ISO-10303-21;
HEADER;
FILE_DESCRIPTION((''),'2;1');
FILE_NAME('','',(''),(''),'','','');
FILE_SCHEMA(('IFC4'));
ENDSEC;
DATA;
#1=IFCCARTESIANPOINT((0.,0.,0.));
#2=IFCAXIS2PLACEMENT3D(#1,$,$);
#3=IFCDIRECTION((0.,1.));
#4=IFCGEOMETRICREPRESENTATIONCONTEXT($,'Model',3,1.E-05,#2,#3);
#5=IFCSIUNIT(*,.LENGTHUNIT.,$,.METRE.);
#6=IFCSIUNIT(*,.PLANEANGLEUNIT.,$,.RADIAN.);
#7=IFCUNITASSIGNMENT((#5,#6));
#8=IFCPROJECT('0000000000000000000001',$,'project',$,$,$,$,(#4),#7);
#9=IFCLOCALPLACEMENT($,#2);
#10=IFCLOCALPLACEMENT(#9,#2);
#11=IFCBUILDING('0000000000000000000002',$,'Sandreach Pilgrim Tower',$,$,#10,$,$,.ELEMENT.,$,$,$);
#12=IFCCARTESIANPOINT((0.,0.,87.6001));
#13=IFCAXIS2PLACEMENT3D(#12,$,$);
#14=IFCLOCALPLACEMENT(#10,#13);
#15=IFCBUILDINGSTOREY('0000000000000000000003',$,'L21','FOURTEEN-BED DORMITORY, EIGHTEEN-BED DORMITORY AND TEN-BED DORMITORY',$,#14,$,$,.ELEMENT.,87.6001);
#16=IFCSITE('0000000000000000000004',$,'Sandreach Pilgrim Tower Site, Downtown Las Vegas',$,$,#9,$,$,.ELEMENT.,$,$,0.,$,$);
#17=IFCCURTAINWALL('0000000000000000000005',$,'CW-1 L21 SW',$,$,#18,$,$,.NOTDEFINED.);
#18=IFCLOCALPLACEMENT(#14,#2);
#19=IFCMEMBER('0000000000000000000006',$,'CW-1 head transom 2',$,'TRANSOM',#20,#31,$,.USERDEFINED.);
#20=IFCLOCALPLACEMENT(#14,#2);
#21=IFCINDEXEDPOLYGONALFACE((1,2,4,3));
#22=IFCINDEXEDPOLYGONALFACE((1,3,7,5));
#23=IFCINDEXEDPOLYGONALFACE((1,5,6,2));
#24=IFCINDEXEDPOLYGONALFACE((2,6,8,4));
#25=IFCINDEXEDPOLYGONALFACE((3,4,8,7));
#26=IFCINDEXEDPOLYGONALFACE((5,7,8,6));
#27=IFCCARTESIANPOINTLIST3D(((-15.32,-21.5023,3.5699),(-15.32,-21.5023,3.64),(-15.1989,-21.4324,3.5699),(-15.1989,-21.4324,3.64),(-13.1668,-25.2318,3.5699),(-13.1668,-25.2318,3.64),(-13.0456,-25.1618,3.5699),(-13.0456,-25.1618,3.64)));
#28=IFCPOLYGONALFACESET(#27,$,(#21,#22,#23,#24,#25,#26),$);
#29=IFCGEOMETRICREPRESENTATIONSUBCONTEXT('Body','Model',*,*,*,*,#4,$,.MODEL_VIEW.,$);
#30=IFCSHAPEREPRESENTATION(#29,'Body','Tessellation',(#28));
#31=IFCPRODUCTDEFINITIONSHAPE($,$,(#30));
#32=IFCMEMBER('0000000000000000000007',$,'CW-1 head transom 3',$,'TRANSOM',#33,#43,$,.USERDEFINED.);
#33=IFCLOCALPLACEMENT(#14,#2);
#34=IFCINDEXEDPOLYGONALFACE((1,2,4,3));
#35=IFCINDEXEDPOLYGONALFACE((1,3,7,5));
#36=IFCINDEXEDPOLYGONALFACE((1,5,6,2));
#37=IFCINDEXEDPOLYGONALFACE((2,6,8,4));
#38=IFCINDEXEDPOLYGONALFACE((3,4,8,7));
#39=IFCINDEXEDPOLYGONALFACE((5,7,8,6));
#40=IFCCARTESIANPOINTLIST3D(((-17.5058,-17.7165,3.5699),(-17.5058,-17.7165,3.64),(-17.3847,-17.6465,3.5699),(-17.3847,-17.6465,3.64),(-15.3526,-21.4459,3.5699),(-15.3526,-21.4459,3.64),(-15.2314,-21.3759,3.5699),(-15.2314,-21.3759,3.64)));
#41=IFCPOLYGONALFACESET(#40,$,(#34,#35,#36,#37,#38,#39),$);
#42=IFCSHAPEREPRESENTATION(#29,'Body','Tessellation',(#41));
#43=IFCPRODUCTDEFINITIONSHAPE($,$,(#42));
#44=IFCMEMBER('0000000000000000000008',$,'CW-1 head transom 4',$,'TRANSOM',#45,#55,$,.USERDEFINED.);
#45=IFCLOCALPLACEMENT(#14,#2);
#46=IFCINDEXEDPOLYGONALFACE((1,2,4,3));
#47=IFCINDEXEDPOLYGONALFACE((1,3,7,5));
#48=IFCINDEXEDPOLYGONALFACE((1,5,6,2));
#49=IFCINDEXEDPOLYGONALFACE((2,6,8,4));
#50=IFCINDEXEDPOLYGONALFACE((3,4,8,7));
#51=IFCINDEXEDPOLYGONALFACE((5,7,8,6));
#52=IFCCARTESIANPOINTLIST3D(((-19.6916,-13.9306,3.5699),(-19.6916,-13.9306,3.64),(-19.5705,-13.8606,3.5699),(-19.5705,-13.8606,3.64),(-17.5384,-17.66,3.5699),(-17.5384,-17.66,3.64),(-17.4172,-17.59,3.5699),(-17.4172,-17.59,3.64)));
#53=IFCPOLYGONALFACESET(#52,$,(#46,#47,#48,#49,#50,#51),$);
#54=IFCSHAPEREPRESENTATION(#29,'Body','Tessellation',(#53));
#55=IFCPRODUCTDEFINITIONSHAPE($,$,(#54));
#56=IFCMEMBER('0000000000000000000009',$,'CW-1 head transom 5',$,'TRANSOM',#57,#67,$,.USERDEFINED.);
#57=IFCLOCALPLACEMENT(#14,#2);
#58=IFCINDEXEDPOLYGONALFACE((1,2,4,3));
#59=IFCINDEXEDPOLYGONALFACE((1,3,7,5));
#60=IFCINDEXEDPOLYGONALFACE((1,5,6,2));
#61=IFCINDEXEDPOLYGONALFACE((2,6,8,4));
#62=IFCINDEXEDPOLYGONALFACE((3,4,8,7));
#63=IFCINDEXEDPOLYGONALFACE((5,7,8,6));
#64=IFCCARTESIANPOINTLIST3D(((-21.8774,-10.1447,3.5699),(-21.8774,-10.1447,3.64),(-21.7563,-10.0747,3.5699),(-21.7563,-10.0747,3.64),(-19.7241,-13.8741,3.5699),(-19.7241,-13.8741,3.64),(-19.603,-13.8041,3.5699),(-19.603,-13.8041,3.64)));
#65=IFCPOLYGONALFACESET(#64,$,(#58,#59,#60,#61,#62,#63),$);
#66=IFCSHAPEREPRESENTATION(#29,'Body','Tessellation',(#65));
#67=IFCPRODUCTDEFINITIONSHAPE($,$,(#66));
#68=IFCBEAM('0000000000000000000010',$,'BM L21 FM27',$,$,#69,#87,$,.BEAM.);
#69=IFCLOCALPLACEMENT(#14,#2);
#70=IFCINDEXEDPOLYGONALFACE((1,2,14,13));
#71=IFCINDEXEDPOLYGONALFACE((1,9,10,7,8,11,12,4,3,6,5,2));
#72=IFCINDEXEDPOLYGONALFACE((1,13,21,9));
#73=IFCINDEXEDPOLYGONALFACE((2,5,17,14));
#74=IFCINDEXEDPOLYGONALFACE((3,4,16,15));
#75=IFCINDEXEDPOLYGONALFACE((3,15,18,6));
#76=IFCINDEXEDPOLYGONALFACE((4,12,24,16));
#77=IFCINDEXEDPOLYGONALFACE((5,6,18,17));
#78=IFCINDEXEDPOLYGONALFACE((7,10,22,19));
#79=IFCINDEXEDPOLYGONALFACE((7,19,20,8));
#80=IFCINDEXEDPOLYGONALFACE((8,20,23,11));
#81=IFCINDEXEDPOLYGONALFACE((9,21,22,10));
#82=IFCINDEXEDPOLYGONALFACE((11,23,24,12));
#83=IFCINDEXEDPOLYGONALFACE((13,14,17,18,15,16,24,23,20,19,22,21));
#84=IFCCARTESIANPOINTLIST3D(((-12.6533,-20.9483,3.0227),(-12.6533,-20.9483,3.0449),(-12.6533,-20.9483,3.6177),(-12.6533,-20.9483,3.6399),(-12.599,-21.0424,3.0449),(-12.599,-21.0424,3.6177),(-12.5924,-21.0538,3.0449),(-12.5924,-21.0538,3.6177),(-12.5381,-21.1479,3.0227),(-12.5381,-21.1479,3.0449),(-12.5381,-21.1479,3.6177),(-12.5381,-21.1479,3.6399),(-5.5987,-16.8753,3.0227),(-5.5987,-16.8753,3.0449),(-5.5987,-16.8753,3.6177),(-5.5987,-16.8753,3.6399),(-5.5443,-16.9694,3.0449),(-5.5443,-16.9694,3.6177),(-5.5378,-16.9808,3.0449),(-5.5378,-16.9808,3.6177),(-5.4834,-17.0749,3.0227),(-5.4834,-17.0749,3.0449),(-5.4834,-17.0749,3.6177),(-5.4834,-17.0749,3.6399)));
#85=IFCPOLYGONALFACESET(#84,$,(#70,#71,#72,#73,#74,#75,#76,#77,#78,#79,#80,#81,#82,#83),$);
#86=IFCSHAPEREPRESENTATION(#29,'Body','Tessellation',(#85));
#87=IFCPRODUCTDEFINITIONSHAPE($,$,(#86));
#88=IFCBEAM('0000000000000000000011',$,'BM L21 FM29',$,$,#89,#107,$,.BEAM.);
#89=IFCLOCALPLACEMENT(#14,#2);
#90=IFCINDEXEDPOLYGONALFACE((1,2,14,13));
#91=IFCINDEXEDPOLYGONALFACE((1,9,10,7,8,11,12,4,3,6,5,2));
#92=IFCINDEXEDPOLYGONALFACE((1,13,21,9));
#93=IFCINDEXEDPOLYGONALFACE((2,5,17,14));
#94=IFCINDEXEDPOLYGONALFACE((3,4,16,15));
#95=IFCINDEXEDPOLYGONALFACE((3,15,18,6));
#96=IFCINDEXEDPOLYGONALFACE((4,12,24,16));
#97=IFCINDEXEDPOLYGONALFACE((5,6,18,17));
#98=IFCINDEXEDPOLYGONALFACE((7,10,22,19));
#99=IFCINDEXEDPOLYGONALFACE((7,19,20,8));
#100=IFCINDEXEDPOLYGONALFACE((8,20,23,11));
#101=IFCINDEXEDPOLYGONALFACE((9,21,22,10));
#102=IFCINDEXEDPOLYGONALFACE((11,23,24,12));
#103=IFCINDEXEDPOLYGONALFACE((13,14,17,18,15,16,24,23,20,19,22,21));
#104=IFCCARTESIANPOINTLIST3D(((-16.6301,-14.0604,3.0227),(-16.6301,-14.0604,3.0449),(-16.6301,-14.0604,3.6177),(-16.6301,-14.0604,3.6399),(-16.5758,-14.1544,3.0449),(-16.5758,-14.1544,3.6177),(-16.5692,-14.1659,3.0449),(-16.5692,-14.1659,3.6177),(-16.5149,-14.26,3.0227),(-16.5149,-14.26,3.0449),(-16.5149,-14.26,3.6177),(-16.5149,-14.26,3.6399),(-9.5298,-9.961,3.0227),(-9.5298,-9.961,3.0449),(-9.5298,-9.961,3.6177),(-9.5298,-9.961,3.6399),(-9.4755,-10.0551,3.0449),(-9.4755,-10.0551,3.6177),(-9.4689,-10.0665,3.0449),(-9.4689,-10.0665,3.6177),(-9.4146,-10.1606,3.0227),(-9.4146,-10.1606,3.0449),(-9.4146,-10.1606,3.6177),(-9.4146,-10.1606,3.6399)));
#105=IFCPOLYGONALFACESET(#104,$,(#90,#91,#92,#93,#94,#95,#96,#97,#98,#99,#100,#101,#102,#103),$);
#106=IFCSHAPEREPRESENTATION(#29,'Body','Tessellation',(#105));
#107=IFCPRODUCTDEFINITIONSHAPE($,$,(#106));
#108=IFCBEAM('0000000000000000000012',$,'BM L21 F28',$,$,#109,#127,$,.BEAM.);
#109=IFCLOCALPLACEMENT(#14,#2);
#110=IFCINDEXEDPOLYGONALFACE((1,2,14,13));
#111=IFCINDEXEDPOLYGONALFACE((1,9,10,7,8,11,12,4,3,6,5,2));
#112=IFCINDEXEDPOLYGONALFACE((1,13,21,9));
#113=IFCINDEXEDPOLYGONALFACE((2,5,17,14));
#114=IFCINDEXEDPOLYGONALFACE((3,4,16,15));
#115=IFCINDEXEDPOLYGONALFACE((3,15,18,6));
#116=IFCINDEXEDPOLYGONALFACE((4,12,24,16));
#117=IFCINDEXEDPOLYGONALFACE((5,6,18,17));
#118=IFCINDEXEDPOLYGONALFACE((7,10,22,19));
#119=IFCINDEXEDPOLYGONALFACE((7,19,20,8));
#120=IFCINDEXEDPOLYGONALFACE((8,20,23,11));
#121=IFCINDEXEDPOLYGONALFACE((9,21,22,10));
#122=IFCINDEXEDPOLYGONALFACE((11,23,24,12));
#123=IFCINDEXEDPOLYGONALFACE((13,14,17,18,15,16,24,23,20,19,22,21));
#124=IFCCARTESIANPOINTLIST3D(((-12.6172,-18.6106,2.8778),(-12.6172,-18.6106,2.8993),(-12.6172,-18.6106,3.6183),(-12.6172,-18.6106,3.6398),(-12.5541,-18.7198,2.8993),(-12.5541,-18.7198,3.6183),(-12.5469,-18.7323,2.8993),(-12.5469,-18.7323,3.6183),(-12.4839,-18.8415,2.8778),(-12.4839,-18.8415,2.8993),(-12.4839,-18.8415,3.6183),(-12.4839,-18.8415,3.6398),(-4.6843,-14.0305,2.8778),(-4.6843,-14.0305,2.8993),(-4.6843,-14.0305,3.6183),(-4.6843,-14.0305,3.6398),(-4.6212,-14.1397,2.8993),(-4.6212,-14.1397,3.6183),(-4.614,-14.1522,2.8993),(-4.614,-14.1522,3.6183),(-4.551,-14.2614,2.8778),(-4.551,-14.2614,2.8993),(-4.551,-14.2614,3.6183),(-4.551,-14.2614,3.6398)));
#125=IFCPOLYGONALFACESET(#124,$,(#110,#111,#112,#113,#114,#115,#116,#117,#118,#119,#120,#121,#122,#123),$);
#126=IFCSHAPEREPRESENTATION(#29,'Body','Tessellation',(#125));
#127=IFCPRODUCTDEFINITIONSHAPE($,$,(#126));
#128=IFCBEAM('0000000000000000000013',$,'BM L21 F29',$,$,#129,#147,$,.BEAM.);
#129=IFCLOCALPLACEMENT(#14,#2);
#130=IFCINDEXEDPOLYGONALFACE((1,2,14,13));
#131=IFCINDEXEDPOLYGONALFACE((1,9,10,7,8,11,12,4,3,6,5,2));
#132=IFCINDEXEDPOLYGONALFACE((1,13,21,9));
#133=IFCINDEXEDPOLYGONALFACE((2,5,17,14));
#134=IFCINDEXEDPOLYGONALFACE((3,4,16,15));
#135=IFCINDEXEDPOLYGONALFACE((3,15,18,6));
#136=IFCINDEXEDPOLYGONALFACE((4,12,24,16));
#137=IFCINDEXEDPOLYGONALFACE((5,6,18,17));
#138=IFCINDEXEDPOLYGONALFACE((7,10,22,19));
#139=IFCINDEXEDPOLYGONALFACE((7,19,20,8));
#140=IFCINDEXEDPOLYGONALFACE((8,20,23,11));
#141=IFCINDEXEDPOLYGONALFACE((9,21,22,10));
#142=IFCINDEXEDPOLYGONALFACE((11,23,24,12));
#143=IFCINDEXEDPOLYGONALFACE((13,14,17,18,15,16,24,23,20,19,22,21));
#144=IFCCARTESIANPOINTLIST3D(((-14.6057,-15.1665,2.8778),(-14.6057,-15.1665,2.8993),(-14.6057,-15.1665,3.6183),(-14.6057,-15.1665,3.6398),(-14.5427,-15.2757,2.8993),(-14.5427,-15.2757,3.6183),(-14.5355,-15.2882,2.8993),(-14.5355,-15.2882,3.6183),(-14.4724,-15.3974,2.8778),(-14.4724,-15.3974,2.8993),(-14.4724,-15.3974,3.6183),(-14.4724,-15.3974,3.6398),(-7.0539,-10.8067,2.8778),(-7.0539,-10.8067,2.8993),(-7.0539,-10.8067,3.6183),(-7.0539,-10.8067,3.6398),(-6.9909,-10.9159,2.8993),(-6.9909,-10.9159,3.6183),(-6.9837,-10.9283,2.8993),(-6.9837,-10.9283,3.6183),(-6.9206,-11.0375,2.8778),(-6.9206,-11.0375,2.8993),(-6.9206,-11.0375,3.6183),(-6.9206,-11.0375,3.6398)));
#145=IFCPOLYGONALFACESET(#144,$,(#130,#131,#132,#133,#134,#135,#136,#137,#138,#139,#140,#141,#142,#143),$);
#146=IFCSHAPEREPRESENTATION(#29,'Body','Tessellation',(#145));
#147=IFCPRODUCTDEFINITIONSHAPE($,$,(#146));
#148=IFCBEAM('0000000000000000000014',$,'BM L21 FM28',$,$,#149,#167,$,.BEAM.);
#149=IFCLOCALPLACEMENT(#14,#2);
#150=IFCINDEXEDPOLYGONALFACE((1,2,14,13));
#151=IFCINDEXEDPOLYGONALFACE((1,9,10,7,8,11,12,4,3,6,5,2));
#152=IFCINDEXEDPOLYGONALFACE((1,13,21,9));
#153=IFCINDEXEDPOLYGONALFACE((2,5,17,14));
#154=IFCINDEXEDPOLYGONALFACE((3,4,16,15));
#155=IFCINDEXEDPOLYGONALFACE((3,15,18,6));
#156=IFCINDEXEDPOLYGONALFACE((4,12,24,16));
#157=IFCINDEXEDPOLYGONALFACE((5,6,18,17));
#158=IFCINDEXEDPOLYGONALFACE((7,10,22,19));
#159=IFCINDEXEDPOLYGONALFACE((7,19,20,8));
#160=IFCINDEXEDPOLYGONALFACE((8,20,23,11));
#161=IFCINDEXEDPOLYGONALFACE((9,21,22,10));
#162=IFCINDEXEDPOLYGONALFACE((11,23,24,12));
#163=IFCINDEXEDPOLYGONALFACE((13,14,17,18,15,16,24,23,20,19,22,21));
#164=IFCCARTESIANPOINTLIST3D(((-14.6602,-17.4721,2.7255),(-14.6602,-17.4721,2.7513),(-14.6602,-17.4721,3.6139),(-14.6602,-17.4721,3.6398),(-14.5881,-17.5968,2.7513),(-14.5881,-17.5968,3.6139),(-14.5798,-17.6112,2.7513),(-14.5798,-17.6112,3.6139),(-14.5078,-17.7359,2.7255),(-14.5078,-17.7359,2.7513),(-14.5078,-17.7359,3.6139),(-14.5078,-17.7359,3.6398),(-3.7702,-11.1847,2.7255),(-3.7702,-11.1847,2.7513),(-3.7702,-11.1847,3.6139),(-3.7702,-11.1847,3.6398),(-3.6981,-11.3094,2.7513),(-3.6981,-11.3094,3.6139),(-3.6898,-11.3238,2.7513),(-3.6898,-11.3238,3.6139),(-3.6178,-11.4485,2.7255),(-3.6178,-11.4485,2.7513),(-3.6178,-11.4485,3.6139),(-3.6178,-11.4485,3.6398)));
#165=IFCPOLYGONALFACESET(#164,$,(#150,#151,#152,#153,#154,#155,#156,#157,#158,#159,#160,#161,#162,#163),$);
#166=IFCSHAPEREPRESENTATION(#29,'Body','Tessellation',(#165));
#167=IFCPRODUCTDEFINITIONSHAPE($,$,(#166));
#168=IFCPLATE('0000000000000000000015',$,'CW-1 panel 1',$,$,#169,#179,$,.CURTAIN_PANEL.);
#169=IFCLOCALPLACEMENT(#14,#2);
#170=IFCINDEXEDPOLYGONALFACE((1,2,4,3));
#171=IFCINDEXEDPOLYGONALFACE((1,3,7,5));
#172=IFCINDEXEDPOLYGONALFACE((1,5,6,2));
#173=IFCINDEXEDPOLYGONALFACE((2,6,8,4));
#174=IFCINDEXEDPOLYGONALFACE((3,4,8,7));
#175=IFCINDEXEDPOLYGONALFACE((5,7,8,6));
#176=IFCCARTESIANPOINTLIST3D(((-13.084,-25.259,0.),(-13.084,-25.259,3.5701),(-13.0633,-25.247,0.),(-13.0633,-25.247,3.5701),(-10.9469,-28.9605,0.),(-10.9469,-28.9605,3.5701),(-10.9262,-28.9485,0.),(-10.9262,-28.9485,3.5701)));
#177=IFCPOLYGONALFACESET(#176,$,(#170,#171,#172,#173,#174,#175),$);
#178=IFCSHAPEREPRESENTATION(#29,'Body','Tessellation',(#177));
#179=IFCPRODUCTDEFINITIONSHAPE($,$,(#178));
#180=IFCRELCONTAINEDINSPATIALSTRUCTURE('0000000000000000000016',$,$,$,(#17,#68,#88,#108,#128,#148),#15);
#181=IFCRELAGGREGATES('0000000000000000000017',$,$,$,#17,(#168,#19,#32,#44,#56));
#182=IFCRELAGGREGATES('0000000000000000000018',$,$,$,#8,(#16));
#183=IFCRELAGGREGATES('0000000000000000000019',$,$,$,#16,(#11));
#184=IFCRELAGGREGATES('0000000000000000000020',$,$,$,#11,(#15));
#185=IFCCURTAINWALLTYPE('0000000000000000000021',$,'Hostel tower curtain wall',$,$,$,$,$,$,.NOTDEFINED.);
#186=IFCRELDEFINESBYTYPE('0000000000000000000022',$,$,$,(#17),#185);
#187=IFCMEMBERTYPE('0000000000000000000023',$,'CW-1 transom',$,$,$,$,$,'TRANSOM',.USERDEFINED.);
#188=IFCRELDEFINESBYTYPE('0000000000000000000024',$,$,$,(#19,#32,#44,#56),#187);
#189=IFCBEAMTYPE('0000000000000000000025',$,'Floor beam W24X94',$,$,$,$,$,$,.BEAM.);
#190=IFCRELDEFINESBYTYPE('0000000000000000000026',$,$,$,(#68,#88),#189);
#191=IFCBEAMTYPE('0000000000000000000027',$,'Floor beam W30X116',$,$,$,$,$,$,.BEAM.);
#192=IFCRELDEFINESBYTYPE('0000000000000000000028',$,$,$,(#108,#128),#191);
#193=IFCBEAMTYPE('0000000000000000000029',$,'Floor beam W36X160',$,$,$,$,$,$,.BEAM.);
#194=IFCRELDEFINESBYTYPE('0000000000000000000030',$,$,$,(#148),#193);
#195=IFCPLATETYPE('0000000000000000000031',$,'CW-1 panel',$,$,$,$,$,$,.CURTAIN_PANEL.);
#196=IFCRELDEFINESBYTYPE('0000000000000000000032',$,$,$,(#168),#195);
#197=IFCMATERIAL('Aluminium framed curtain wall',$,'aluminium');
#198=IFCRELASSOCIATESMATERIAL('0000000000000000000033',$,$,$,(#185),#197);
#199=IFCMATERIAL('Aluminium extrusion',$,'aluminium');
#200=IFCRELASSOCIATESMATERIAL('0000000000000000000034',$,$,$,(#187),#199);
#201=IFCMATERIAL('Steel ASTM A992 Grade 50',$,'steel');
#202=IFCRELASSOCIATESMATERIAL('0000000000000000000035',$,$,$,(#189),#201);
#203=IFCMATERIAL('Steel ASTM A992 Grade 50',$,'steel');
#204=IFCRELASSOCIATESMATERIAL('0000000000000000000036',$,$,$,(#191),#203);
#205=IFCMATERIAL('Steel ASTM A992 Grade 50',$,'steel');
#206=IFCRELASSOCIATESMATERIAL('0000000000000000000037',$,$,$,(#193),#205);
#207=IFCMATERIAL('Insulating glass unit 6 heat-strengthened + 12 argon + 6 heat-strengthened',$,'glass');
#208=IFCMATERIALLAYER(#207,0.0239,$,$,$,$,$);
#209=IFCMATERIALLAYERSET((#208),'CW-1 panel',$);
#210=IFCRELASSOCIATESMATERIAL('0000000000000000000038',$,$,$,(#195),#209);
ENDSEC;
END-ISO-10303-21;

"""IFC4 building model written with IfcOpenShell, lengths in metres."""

from ifc_helpers import new_model, si_unit, direction, frame, origin, origin_2d, place, context, subcontext, project, spatial, rectangle, i_section, extrude, material, layer, layer_set, material_profile, profile_set, type_object, element, aggregate, save


model = new_model("IFC4")

# Units and contexts
model_context = context("Model", 3, precision=1e-05, world=origin(), true_north=direction((0.0, 1.0)))
body_context = subcontext(model_context, "Body", "Model", "MODEL_VIEW")
ifc_project = project(units=[si_unit("LENGTHUNIT", "METRE"), si_unit("PLANEANGLEUNIT", "RADIAN")], contexts=[model_context])

# Site, building, storey
site_placement = place(None, origin())
site = spatial("IfcSite", under=ifc_project, at=site_placement, Name="Sandreach Pilgrim Tower Site, Downtown Las Vegas", CompositionType="ELEMENT", RefElevation=0.0)
building_placement = place(site_placement, origin())
building = spatial("IfcBuilding", under=site, at=building_placement, Name="Sandreach Pilgrim Tower", CompositionType="ELEMENT")
storey_placement = place(building_placement, frame((0.0, 0.0, 87.6001)))
storey = spatial("IfcBuildingStorey", under=building, at=storey_placement, Name="L21", Description="FOURTEEN-BED DORMITORY, EIGHTEEN-BED DORMITORY AND TEN-BED DORMITORY", CompositionType="ELEMENT", Elevation=87.6001)

# Curtain wall, members
ifc_material_1 = material(Name="Aluminium framed curtain wall", Category="aluminium")
curtain_wall_type = type_object("IfcCurtainWallType", Name="Hostel tower curtain wall", PredefinedType="NOTDEFINED", material=ifc_material_1)
curtain_wall_placement = place(storey_placement, origin())
curtain_wall = element("IfcCurtainWall", 1, at=curtain_wall_placement, inside=storey, type_object=curtain_wall_type, Name="CW-1 L21 SW", PredefinedType="NOTDEFINED")
ifc_material_2 = material(Name="Aluminium extrusion", Category="aluminium")
ifc_material_profile_1 = material_profile(ifc_material_2, rectangle(XDim=0.1399, YDim=0.0701, at=origin_2d()), Name="CW-1T 140X70")
ifc_profile_set_1 = profile_set([ifc_material_profile_1], Name="Aluminium extrusion")
member_type_1 = type_object("IfcMemberType", Name="CW-1 transom", ElementType="TRANSOM", PredefinedType="USERDEFINED", material=ifc_profile_set_1)
member_1_placement = place(storey_placement, frame((-13.1062, -25.1968, 3.605), z_axis=(-0.500017, 0.866016, 0.0), x_axis=(-0.866016, -0.500017, 0.0)))
member_1 = element("IfcMember", 2, at=member_1_placement, type_object=member_type_1, Name="CW-1 head transom 2", ObjectType="TRANSOM", PredefinedType="USERDEFINED", context=body_context, shape_type="SweptSolid", body=[
    extrude(rectangle(XDim=0.1399, YDim=0.0701, at=origin_2d()), origin(), (0.0, 0.0, 1.0), 4.3064),
])
member_2_placement = place(storey_placement, frame((-15.292, -21.4109, 3.605), z_axis=(-0.500017, 0.866016, 0.0), x_axis=(-0.866016, -0.500017, 0.0)))
member_2 = element("IfcMember", 3, at=member_2_placement, type_object=member_type_1, Name="CW-1 head transom 3", ObjectType="TRANSOM", PredefinedType="USERDEFINED", context=body_context, shape_type="SweptSolid", body=[
    extrude(rectangle(XDim=0.1399, YDim=0.0701, at=origin_2d()), origin(), (0.0, 0.0, 1.0), 4.3064),
])
member_3_placement = place(storey_placement, frame((-17.4778, -17.625, 3.605), z_axis=(-0.500017, 0.866016, 0.0), x_axis=(-0.866016, -0.500017, 0.0)))
member_3 = element("IfcMember", 4, at=member_3_placement, type_object=member_type_1, Name="CW-1 head transom 4", ObjectType="TRANSOM", PredefinedType="USERDEFINED", context=body_context, shape_type="SweptSolid", body=[
    extrude(rectangle(XDim=0.1399, YDim=0.0701, at=origin_2d()), origin(), (0.0, 0.0, 1.0), 4.3064),
])
member_4_placement = place(storey_placement, frame((-19.6636, -13.8391, 3.605), z_axis=(-0.500017, 0.866016, 0.0), x_axis=(-0.866016, -0.500017, 0.0)))
member_4 = element("IfcMember", 5, at=member_4_placement, type_object=member_type_1, Name="CW-1 head transom 5", ObjectType="TRANSOM", PredefinedType="USERDEFINED", context=body_context, shape_type="SweptSolid", body=[
    extrude(rectangle(XDim=0.1399, YDim=0.0701, at=origin_2d()), origin(), (0.0, 0.0, 1.0), 4.3064),
])

# Beams
ifc_material_3 = material(Name="Steel ASTM A992 Grade 50", Category="steel")
ifc_material_profile_2 = material_profile(ifc_material_3, i_section(OverallWidth=0.2305, OverallDepth=0.6172, WebThickness=0.0132, FlangeThickness=0.0222, at=origin_2d()), Name="W24X94")
ifc_profile_set_2 = profile_set([ifc_material_profile_2], Name="Steel ASTM A992 Grade 50")
beam_type_1 = type_object("IfcBeamType", Name="Floor beam W24X94", PredefinedType="BEAM", material=ifc_profile_set_2)
beam_1_placement = place(storey_placement, frame((-12.5957, -21.0481, 3.3313), z_axis=(0.866027, 0.499997, 0.0), x_axis=(-0.499997, 0.866027, 0.0)))
element("IfcBeam", 6, at=beam_1_placement, inside=storey, type_object=beam_type_1, Name="BM L21 FM27", PredefinedType="BEAM", context=body_context, shape_type="SweptSolid", body=[
    extrude(i_section(OverallWidth=0.2305, OverallDepth=0.6172, WebThickness=0.0132, FlangeThickness=0.0222, at=origin_2d()), origin(), (0.0, 0.0, 1.0), 8.146),
])
beam_2_placement = place(storey_placement, frame((-16.5725, -14.1602, 3.3313), z_axis=(0.866026, 0.499998, 0.0), x_axis=(-0.499998, 0.866026, 0.0)))
element("IfcBeam", 7, at=beam_2_placement, inside=storey, type_object=beam_type_1, Name="BM L21 FM29", PredefinedType="BEAM", context=body_context, shape_type="SweptSolid", body=[
    extrude(i_section(OverallWidth=0.2305, OverallDepth=0.6172, WebThickness=0.0132, FlangeThickness=0.0222, at=origin_2d()), origin(), (0.0, 0.0, 1.0), 8.1987),
])
ifc_material_4 = material(Name="Steel ASTM A992 Grade 50", Category="steel")
ifc_material_profile_3 = material_profile(ifc_material_4, i_section(OverallWidth=0.2666, OverallDepth=0.762, WebThickness=0.0144, FlangeThickness=0.0215, at=origin_2d()), Name="W30X116")
ifc_profile_set_3 = profile_set([ifc_material_profile_3], Name="Steel ASTM A992 Grade 50")
beam_type_2 = type_object("IfcBeamType", Name="Floor beam W30X116", PredefinedType="BEAM", material=ifc_profile_set_3)
beam_3_placement = place(storey_placement, frame((-12.5505, -18.7261, 3.2588), z_axis=(0.866024, 0.500003, 0.0), x_axis=(-0.500003, 0.866024, 0.0)))
element("IfcBeam", 8, at=beam_3_placement, inside=storey, type_object=beam_type_2, Name="BM L21 F28", PredefinedType="BEAM", context=body_context, shape_type="SweptSolid", body=[
    extrude(i_section(OverallWidth=0.2666, OverallDepth=0.762, WebThickness=0.0144, FlangeThickness=0.0215, at=origin_2d()), origin(), (0.0, 0.0, 1.0), 9.1602),
])
beam_4_placement = place(storey_placement, frame((-14.5391, -15.282, 3.2588), z_axis=(0.866033, 0.499987, 0.0), x_axis=(-0.499987, 0.866033, 0.0)))
element("IfcBeam", 9, at=beam_4_placement, inside=storey, type_object=beam_type_2, Name="BM L21 F29", PredefinedType="BEAM", context=body_context, shape_type="SweptSolid", body=[
    extrude(i_section(OverallWidth=0.2666, OverallDepth=0.762, WebThickness=0.0144, FlangeThickness=0.0215, at=origin_2d()), origin(), (0.0, 0.0, 1.0), 8.72),
])
ifc_material_5 = material(Name="Steel ASTM A992 Grade 50", Category="steel")
ifc_material_profile_4 = material_profile(ifc_material_5, i_section(OverallWidth=0.3047, OverallDepth=0.9143, WebThickness=0.0166, FlangeThickness=0.0259, at=origin_2d()), Name="W36X160")
ifc_profile_set_4 = profile_set([ifc_material_profile_4], Name="Steel ASTM A992 Grade 50")
beam_type_3 = type_object("IfcBeamType", Name="Floor beam W36X160", PredefinedType="BEAM", material=ifc_profile_set_4)
beam_5_placement = place(storey_placement, frame((-14.584, -17.604, 3.1826), z_axis=(0.866023, 0.500004, 0.0), x_axis=(-0.500004, 0.866023, 0.0)))
element("IfcBeam", 10, at=beam_5_placement, inside=storey, type_object=beam_type_3, Name="BM L21 FM28", PredefinedType="BEAM", context=body_context, shape_type="SweptSolid", body=[
    extrude(i_section(OverallWidth=0.3047, OverallDepth=0.9143, WebThickness=0.0166, FlangeThickness=0.0259, at=origin_2d()), origin(), (0.0, 0.0, 1.0), 12.5747),
])

# Plate
ifc_material_6 = material(Name="Insulating glass unit 6 heat-strengthened + 12 argon + 6 heat-strengthened", Category="glass")
ifc_layer_1 = layer(ifc_material_6, 0.0239)
ifc_layer_set_1 = layer_set([ifc_layer_1], Name="CW-1 panel")
plate_type = type_object("IfcPlateType", Name="CW-1 panel", PredefinedType="CURTAIN_PANEL", material=ifc_layer_set_1)
plate_1_placement = place(storey_placement, frame((-12.0051, -27.1038, 0.0), z_axis=(0.0, 0.0, 1.0), x_axis=(-0.5, 0.866025, 0.0)))
plate_1 = element("IfcPlate", 11, at=plate_1_placement, type_object=plate_type, Name="CW-1 panel 1", PredefinedType="CURTAIN_PANEL", context=body_context, shape_type="SweptSolid", body=[
    extrude(rectangle(XDim=4.2742, YDim=0.0239, at=origin_2d()), origin(), (0.0, 0.0, 1.0), 3.5701),
])
aggregate(curtain_wall, [plate_1, member_1, member_2, member_3, member_4])

save(model, "model.ifc")
